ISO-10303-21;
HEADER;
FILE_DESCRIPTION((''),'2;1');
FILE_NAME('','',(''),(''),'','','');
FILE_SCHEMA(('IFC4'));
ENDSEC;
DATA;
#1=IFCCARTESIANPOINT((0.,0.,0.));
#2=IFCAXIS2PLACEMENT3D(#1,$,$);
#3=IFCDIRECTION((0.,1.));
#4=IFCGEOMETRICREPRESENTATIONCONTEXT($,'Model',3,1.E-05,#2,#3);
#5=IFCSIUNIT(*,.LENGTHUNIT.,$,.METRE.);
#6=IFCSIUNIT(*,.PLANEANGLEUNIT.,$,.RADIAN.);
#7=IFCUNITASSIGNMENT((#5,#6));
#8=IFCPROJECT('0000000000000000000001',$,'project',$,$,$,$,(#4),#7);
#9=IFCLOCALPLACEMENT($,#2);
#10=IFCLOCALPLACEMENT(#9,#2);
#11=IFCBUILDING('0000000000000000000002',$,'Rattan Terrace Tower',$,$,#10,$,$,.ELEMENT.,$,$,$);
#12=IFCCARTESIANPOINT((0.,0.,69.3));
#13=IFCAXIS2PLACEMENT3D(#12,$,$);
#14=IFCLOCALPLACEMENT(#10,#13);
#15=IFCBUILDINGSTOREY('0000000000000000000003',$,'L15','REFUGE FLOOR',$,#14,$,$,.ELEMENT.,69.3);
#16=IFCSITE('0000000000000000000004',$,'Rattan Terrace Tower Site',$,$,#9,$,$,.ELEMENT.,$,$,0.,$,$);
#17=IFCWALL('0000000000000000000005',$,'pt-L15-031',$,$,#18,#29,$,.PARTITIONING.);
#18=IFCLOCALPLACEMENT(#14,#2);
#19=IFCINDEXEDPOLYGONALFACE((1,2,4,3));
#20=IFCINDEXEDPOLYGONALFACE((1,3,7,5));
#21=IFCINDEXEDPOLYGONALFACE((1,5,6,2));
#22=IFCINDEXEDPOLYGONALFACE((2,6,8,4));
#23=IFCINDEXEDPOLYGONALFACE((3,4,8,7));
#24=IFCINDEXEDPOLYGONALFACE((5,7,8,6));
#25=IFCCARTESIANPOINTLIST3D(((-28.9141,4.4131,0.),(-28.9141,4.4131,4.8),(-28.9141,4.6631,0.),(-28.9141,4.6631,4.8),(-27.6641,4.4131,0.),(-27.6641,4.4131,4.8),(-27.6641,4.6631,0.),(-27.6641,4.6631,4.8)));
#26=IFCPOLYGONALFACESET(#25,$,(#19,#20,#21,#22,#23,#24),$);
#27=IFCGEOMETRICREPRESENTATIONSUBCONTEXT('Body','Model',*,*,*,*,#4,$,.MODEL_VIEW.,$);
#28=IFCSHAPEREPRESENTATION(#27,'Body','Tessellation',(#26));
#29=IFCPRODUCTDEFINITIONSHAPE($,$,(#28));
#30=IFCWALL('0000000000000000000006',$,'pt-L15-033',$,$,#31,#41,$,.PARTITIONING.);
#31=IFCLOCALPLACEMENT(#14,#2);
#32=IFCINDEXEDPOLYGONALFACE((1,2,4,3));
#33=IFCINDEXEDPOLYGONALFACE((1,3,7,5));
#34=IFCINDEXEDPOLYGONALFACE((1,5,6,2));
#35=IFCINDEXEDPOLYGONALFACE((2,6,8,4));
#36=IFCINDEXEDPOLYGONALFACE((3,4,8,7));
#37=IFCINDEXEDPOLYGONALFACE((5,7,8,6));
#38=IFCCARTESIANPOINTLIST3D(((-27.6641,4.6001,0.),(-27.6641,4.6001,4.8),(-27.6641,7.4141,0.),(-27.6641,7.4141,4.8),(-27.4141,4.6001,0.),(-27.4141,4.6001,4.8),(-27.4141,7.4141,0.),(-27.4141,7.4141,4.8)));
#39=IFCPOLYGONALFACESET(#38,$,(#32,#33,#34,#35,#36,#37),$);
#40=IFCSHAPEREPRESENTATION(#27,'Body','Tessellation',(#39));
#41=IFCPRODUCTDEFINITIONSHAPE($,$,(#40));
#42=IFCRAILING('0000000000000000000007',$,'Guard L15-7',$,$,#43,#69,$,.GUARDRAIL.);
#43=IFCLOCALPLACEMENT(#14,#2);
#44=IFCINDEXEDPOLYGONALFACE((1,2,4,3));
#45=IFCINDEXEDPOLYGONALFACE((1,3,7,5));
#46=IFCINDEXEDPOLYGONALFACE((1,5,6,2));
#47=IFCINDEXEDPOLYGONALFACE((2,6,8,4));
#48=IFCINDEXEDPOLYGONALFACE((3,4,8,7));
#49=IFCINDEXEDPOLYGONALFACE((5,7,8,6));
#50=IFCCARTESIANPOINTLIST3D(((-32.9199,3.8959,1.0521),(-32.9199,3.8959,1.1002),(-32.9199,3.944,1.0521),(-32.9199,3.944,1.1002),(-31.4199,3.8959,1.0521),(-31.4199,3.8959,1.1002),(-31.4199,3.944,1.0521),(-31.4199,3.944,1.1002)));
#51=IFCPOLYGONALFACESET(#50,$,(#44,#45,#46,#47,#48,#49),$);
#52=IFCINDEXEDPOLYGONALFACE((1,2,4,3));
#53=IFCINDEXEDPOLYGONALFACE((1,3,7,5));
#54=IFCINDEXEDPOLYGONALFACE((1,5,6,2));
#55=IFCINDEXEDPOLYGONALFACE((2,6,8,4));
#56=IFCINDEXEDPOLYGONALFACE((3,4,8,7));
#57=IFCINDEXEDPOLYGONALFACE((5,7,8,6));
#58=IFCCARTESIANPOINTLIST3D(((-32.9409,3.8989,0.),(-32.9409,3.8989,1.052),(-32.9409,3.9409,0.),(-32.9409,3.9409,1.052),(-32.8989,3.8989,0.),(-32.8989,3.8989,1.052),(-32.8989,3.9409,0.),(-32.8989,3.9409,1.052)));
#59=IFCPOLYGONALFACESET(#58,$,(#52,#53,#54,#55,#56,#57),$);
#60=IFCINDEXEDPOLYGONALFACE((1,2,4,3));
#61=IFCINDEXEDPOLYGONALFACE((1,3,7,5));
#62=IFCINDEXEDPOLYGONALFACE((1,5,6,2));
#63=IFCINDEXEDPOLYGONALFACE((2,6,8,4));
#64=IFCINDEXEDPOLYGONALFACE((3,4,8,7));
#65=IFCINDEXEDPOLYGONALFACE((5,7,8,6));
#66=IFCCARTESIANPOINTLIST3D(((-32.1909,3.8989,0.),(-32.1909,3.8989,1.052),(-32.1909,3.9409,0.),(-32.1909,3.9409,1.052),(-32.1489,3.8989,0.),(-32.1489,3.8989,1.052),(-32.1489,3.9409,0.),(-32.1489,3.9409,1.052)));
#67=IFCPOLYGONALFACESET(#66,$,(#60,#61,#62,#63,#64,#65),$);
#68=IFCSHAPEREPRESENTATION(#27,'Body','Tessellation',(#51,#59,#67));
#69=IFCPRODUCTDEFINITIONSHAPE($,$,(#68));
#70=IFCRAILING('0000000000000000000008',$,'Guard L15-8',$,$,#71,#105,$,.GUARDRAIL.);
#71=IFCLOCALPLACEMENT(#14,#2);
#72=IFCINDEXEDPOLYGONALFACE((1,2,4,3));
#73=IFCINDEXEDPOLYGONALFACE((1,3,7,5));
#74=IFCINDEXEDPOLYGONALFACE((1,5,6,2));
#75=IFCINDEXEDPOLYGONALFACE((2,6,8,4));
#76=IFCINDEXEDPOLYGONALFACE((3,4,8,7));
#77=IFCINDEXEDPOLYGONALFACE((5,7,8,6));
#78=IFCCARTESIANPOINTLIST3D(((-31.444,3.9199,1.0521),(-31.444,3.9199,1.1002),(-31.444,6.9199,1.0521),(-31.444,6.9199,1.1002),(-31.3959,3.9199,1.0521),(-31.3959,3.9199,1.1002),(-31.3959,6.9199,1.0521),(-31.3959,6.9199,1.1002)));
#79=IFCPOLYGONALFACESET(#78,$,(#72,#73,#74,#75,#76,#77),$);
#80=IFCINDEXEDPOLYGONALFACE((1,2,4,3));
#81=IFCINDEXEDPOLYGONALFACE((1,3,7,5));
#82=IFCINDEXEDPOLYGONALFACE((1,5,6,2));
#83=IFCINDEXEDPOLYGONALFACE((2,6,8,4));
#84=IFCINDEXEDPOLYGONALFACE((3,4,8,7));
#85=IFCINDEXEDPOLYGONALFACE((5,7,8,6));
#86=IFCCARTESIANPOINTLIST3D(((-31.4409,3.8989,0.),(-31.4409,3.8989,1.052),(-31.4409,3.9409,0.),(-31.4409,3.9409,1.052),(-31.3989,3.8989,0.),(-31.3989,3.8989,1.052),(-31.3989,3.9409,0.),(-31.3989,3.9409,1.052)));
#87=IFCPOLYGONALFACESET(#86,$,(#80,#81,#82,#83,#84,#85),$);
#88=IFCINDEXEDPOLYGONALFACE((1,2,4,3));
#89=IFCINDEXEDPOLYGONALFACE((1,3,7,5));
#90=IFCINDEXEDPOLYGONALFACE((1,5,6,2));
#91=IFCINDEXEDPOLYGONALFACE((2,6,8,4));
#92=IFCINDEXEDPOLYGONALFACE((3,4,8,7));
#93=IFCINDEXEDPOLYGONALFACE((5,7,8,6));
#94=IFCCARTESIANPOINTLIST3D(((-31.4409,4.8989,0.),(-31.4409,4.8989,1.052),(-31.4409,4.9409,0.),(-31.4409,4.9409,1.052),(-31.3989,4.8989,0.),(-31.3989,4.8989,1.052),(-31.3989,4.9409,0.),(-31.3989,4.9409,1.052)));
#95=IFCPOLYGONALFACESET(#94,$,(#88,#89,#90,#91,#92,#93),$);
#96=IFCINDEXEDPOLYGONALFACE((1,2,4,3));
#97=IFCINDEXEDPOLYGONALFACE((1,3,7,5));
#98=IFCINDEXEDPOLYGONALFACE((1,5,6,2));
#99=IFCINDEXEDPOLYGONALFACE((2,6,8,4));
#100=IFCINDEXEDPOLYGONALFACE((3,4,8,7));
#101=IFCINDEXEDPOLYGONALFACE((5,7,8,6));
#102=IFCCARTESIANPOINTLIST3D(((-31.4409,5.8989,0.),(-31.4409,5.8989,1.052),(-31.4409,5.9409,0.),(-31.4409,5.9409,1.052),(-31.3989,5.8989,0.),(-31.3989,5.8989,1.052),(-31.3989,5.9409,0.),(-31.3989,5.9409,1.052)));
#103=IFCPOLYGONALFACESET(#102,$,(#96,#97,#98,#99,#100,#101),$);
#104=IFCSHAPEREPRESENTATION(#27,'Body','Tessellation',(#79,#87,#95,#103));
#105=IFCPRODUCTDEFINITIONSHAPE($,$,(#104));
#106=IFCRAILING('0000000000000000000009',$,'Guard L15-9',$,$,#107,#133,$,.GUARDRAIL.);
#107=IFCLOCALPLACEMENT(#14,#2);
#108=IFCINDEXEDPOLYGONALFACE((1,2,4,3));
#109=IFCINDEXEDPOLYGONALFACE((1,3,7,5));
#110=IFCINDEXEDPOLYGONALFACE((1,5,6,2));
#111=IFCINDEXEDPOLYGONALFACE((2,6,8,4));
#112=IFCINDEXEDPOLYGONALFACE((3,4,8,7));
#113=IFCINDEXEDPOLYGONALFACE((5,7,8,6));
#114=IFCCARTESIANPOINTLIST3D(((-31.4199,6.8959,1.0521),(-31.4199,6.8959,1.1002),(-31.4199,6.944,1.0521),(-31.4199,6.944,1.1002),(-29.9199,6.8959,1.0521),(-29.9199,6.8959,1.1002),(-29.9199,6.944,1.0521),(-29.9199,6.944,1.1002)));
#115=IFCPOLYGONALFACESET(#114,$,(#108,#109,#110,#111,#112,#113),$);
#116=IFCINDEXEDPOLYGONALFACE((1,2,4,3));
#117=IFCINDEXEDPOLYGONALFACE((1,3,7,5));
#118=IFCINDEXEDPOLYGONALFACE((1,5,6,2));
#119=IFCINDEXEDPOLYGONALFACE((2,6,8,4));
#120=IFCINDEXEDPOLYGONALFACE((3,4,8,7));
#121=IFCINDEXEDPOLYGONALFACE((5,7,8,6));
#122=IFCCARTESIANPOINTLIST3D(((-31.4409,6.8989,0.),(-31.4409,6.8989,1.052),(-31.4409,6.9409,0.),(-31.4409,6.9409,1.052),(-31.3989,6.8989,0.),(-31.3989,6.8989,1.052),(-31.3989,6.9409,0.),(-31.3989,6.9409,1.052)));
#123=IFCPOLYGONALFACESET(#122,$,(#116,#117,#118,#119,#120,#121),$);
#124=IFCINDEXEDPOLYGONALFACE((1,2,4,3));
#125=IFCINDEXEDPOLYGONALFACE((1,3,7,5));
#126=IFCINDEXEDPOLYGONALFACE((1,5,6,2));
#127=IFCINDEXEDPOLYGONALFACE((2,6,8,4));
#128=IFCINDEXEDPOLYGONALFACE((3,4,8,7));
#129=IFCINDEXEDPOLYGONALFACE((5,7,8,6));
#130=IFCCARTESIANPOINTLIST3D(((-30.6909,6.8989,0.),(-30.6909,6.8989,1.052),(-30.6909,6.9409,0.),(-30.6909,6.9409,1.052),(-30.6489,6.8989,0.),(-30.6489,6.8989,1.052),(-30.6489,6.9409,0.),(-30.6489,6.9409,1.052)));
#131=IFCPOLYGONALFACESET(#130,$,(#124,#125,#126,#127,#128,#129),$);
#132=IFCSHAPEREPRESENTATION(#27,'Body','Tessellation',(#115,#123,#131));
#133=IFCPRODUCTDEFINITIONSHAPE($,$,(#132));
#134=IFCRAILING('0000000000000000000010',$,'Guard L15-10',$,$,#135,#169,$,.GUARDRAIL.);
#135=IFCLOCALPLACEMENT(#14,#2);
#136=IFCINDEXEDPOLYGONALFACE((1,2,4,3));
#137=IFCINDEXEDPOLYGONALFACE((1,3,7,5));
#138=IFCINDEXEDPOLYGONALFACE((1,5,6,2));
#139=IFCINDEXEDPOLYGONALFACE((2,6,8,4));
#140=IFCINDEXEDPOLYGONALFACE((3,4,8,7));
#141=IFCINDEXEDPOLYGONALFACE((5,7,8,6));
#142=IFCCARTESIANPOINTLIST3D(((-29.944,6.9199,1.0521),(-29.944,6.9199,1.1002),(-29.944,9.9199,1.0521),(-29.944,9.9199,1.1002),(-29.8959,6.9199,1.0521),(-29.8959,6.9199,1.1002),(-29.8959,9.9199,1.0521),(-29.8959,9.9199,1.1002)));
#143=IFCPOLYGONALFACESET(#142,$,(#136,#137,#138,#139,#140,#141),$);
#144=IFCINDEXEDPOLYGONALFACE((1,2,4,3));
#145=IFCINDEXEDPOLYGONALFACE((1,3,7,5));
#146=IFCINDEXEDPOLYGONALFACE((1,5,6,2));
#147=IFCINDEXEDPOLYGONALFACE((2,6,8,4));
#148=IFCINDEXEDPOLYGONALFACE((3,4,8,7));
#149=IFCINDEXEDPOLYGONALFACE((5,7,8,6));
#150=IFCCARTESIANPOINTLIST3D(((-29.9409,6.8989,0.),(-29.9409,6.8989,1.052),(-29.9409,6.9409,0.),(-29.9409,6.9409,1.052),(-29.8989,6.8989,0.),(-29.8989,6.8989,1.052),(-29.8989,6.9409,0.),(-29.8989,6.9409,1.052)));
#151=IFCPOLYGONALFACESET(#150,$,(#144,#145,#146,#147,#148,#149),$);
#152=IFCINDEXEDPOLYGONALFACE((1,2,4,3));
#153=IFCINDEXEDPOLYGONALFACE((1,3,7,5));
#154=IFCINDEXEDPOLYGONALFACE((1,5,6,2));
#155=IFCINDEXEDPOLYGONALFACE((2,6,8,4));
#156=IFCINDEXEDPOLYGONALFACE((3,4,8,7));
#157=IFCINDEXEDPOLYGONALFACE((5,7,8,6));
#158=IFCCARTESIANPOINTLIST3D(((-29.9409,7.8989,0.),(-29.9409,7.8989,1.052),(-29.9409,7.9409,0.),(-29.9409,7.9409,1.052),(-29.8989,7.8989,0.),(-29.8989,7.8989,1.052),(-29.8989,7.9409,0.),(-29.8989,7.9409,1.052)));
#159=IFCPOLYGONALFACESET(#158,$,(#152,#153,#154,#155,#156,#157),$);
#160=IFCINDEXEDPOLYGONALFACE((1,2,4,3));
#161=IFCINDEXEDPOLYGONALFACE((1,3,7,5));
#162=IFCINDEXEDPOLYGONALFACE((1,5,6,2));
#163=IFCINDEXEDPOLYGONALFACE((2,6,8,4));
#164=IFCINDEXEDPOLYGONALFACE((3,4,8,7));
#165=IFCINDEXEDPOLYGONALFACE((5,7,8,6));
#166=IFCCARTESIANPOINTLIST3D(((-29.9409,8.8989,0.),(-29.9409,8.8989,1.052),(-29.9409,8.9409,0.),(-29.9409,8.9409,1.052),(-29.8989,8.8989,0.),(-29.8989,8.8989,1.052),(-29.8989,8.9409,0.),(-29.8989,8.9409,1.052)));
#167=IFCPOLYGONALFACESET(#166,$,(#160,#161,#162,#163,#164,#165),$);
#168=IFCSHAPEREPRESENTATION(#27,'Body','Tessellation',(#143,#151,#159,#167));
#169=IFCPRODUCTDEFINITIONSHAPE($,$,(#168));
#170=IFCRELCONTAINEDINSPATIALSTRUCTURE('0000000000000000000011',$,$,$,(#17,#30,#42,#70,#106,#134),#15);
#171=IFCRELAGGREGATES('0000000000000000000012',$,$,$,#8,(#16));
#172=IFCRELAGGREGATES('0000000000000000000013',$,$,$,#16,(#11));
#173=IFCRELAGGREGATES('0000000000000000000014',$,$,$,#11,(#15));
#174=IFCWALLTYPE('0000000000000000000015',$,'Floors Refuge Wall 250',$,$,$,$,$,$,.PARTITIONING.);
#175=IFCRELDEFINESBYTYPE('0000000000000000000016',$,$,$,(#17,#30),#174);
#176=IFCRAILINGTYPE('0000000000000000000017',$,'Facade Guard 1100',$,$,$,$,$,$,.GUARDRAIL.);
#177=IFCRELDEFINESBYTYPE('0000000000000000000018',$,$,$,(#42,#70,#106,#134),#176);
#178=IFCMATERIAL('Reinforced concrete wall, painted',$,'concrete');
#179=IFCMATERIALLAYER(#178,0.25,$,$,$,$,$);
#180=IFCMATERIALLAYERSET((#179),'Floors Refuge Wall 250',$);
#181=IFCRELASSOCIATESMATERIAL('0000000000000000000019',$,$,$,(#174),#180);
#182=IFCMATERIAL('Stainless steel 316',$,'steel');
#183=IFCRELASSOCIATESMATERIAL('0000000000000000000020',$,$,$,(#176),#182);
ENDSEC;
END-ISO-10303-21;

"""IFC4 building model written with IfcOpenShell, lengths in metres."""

from ifc_helpers import new_model, si_unit, direction, frame, frame_2d, origin, origin_2d, place, context, subcontext, project, spatial, rectangle, extrude, material, layer, layer_set, type_object, element, save


model = new_model("IFC4")

# Units and contexts
model_context = context("Model", 3, precision=1e-05, world=origin(), true_north=direction((0.0, 1.0)))
body_context = subcontext(model_context, "Body", "Model", "MODEL_VIEW")
ifc_project = project(units=[si_unit("LENGTHUNIT", "METRE"), si_unit("PLANEANGLEUNIT", "RADIAN")], contexts=[model_context])

# Site, building, storey
site_placement = place(None, origin())
site = spatial("IfcSite", under=ifc_project, at=site_placement, Name="Rattan Terrace Tower Site", CompositionType="ELEMENT", RefElevation=0.0)
building_placement = place(site_placement, origin())
building = spatial("IfcBuilding", under=site, at=building_placement, Name="Rattan Terrace Tower", CompositionType="ELEMENT")
storey_placement = place(building_placement, frame((0.0, 0.0, 69.3)))
storey = spatial("IfcBuildingStorey", under=building, at=storey_placement, Name="L15", Description="REFUGE FLOOR", CompositionType="ELEMENT", Elevation=69.3)

# Walls
ifc_material_1 = material(Name="Reinforced concrete wall, painted", Category="concrete")
ifc_layer = layer(ifc_material_1, 0.25)
ifc_layer_set = layer_set([ifc_layer], Name="Floors Refuge Wall 250")
wall_type = type_object("IfcWallType", Name="Floors Refuge Wall 250", PredefinedType="PARTITIONING", material=ifc_layer_set)
wall_1_placement = place(storey_placement, frame((-28.9141, 4.5381, 0.0), z_axis=(0.0, 0.0, 1.0), x_axis=(1.0, 0.0, 0.0)))
element("IfcWall", 1, at=wall_1_placement, inside=storey, type_object=wall_type, Name="pt-L15-031", PredefinedType="PARTITIONING", context=body_context, shape_type="SweptSolid", body=[
    extrude(rectangle(XDim=1.25, YDim=0.25, at=frame_2d((0.625, 0.0))), origin(), (0.0, 0.0, 1.0), 4.8),
])
wall_2_placement = place(storey_placement, frame((-27.5391, 4.6001, 0.0), z_axis=(0.0, 0.0, 1.0), x_axis=(0.0, 1.0, 0.0)))
element("IfcWall", 2, at=wall_2_placement, inside=storey, type_object=wall_type, Name="pt-L15-033", PredefinedType="PARTITIONING", context=body_context, shape_type="SweptSolid", body=[
    extrude(rectangle(XDim=2.814, YDim=0.25, at=frame_2d((1.407, 0.0))), origin(), (0.0, 0.0, 1.0), 4.8),
])

# Railings
ifc_material_2 = material(Name="Stainless steel 316", Category="steel")
railing_type = type_object("IfcRailingType", Name="Facade Guard 1100", PredefinedType="GUARDRAIL", material=ifc_material_2)
railing_1_placement = place(storey_placement, frame((-32.9199, 3.9199, 0.0)))
element("IfcRailing", 3, at=railing_1_placement, inside=storey, type_object=railing_type, Name="Guard L15-7", PredefinedType="GUARDRAIL", context=body_context, shape_type="SweptSolid", body=[
    extrude(rectangle(XDim=0.0481, YDim=0.0481, at=origin_2d()), frame((0.0, 0.0, 1.0762), z_axis=(1.0, 0.0, 0.0), x_axis=(0.0, 1.0, 0.0)), (0.0, 0.0, 1.0), 1.5),
    extrude(rectangle(XDim=0.042, YDim=0.042, at=origin_2d()), origin(), (0.0, 0.0, 1.0), 1.052),
    extrude(rectangle(XDim=0.042, YDim=0.042, at=origin_2d()), frame((0.75, 0.0, 0.0)), (0.0, 0.0, 1.0), 1.052),
])
railing_2_placement = place(storey_placement, frame((-31.4199, 3.9199, 0.0)))
element("IfcRailing", 4, at=railing_2_placement, inside=storey, type_object=railing_type, Name="Guard L15-8", PredefinedType="GUARDRAIL", context=body_context, shape_type="SweptSolid", body=[
    extrude(rectangle(XDim=0.0481, YDim=0.0481, at=origin_2d()), frame((0.0, 0.0, 1.0762), z_axis=(0.0, 1.0, 0.0), x_axis=(-1.0, 0.0, 0.0)), (0.0, 0.0, 1.0), 3.0),
    extrude(rectangle(XDim=0.042, YDim=0.042, at=origin_2d()), origin(), (0.0, 0.0, 1.0), 1.052),
    extrude(rectangle(XDim=0.042, YDim=0.042, at=origin_2d()), frame((0.0, 1.0, 0.0)), (0.0, 0.0, 1.0), 1.052),
    extrude(rectangle(XDim=0.042, YDim=0.042, at=origin_2d()), frame((0.0, 2.0, 0.0)), (0.0, 0.0, 1.0), 1.052),
])
railing_3_placement = place(storey_placement, frame((-31.4199, 6.9199, 0.0)))
element("IfcRailing", 5, at=railing_3_placement, inside=storey, type_object=railing_type, Name="Guard L15-9", PredefinedType="GUARDRAIL", context=body_context, shape_type="SweptSolid", body=[
    extrude(rectangle(XDim=0.0481, YDim=0.0481, at=origin_2d()), frame((0.0, 0.0, 1.0762), z_axis=(1.0, 0.0, 0.0), x_axis=(0.0, 1.0, 0.0)), (0.0, 0.0, 1.0), 1.5),
    extrude(rectangle(XDim=0.042, YDim=0.042, at=origin_2d()), origin(), (0.0, 0.0, 1.0), 1.052),
    extrude(rectangle(XDim=0.042, YDim=0.042, at=origin_2d()), frame((0.75, 0.0, 0.0)), (0.0, 0.0, 1.0), 1.052),
])
railing_4_placement = place(storey_placement, frame((-29.9199, 6.9199, 0.0)))
element("IfcRailing", 6, at=railing_4_placement, inside=storey, type_object=railing_type, Name="Guard L15-10", PredefinedType="GUARDRAIL", context=body_context, shape_type="SweptSolid", body=[
    extrude(rectangle(XDim=0.0481, YDim=0.0481, at=origin_2d()), frame((0.0, 0.0, 1.0762), z_axis=(0.0, 1.0, 0.0), x_axis=(-1.0, 0.0, 0.0)), (0.0, 0.0, 1.0), 3.0),
    extrude(rectangle(XDim=0.042, YDim=0.042, at=origin_2d()), origin(), (0.0, 0.0, 1.0), 1.052),
    extrude(rectangle(XDim=0.042, YDim=0.042, at=origin_2d()), frame((0.0, 1.0, 0.0)), (0.0, 0.0, 1.0), 1.052),
    extrude(rectangle(XDim=0.042, YDim=0.042, at=origin_2d()), frame((0.0, 2.0, 0.0)), (0.0, 0.0, 1.0), 1.052),
])

save(model, "model.ifc")
